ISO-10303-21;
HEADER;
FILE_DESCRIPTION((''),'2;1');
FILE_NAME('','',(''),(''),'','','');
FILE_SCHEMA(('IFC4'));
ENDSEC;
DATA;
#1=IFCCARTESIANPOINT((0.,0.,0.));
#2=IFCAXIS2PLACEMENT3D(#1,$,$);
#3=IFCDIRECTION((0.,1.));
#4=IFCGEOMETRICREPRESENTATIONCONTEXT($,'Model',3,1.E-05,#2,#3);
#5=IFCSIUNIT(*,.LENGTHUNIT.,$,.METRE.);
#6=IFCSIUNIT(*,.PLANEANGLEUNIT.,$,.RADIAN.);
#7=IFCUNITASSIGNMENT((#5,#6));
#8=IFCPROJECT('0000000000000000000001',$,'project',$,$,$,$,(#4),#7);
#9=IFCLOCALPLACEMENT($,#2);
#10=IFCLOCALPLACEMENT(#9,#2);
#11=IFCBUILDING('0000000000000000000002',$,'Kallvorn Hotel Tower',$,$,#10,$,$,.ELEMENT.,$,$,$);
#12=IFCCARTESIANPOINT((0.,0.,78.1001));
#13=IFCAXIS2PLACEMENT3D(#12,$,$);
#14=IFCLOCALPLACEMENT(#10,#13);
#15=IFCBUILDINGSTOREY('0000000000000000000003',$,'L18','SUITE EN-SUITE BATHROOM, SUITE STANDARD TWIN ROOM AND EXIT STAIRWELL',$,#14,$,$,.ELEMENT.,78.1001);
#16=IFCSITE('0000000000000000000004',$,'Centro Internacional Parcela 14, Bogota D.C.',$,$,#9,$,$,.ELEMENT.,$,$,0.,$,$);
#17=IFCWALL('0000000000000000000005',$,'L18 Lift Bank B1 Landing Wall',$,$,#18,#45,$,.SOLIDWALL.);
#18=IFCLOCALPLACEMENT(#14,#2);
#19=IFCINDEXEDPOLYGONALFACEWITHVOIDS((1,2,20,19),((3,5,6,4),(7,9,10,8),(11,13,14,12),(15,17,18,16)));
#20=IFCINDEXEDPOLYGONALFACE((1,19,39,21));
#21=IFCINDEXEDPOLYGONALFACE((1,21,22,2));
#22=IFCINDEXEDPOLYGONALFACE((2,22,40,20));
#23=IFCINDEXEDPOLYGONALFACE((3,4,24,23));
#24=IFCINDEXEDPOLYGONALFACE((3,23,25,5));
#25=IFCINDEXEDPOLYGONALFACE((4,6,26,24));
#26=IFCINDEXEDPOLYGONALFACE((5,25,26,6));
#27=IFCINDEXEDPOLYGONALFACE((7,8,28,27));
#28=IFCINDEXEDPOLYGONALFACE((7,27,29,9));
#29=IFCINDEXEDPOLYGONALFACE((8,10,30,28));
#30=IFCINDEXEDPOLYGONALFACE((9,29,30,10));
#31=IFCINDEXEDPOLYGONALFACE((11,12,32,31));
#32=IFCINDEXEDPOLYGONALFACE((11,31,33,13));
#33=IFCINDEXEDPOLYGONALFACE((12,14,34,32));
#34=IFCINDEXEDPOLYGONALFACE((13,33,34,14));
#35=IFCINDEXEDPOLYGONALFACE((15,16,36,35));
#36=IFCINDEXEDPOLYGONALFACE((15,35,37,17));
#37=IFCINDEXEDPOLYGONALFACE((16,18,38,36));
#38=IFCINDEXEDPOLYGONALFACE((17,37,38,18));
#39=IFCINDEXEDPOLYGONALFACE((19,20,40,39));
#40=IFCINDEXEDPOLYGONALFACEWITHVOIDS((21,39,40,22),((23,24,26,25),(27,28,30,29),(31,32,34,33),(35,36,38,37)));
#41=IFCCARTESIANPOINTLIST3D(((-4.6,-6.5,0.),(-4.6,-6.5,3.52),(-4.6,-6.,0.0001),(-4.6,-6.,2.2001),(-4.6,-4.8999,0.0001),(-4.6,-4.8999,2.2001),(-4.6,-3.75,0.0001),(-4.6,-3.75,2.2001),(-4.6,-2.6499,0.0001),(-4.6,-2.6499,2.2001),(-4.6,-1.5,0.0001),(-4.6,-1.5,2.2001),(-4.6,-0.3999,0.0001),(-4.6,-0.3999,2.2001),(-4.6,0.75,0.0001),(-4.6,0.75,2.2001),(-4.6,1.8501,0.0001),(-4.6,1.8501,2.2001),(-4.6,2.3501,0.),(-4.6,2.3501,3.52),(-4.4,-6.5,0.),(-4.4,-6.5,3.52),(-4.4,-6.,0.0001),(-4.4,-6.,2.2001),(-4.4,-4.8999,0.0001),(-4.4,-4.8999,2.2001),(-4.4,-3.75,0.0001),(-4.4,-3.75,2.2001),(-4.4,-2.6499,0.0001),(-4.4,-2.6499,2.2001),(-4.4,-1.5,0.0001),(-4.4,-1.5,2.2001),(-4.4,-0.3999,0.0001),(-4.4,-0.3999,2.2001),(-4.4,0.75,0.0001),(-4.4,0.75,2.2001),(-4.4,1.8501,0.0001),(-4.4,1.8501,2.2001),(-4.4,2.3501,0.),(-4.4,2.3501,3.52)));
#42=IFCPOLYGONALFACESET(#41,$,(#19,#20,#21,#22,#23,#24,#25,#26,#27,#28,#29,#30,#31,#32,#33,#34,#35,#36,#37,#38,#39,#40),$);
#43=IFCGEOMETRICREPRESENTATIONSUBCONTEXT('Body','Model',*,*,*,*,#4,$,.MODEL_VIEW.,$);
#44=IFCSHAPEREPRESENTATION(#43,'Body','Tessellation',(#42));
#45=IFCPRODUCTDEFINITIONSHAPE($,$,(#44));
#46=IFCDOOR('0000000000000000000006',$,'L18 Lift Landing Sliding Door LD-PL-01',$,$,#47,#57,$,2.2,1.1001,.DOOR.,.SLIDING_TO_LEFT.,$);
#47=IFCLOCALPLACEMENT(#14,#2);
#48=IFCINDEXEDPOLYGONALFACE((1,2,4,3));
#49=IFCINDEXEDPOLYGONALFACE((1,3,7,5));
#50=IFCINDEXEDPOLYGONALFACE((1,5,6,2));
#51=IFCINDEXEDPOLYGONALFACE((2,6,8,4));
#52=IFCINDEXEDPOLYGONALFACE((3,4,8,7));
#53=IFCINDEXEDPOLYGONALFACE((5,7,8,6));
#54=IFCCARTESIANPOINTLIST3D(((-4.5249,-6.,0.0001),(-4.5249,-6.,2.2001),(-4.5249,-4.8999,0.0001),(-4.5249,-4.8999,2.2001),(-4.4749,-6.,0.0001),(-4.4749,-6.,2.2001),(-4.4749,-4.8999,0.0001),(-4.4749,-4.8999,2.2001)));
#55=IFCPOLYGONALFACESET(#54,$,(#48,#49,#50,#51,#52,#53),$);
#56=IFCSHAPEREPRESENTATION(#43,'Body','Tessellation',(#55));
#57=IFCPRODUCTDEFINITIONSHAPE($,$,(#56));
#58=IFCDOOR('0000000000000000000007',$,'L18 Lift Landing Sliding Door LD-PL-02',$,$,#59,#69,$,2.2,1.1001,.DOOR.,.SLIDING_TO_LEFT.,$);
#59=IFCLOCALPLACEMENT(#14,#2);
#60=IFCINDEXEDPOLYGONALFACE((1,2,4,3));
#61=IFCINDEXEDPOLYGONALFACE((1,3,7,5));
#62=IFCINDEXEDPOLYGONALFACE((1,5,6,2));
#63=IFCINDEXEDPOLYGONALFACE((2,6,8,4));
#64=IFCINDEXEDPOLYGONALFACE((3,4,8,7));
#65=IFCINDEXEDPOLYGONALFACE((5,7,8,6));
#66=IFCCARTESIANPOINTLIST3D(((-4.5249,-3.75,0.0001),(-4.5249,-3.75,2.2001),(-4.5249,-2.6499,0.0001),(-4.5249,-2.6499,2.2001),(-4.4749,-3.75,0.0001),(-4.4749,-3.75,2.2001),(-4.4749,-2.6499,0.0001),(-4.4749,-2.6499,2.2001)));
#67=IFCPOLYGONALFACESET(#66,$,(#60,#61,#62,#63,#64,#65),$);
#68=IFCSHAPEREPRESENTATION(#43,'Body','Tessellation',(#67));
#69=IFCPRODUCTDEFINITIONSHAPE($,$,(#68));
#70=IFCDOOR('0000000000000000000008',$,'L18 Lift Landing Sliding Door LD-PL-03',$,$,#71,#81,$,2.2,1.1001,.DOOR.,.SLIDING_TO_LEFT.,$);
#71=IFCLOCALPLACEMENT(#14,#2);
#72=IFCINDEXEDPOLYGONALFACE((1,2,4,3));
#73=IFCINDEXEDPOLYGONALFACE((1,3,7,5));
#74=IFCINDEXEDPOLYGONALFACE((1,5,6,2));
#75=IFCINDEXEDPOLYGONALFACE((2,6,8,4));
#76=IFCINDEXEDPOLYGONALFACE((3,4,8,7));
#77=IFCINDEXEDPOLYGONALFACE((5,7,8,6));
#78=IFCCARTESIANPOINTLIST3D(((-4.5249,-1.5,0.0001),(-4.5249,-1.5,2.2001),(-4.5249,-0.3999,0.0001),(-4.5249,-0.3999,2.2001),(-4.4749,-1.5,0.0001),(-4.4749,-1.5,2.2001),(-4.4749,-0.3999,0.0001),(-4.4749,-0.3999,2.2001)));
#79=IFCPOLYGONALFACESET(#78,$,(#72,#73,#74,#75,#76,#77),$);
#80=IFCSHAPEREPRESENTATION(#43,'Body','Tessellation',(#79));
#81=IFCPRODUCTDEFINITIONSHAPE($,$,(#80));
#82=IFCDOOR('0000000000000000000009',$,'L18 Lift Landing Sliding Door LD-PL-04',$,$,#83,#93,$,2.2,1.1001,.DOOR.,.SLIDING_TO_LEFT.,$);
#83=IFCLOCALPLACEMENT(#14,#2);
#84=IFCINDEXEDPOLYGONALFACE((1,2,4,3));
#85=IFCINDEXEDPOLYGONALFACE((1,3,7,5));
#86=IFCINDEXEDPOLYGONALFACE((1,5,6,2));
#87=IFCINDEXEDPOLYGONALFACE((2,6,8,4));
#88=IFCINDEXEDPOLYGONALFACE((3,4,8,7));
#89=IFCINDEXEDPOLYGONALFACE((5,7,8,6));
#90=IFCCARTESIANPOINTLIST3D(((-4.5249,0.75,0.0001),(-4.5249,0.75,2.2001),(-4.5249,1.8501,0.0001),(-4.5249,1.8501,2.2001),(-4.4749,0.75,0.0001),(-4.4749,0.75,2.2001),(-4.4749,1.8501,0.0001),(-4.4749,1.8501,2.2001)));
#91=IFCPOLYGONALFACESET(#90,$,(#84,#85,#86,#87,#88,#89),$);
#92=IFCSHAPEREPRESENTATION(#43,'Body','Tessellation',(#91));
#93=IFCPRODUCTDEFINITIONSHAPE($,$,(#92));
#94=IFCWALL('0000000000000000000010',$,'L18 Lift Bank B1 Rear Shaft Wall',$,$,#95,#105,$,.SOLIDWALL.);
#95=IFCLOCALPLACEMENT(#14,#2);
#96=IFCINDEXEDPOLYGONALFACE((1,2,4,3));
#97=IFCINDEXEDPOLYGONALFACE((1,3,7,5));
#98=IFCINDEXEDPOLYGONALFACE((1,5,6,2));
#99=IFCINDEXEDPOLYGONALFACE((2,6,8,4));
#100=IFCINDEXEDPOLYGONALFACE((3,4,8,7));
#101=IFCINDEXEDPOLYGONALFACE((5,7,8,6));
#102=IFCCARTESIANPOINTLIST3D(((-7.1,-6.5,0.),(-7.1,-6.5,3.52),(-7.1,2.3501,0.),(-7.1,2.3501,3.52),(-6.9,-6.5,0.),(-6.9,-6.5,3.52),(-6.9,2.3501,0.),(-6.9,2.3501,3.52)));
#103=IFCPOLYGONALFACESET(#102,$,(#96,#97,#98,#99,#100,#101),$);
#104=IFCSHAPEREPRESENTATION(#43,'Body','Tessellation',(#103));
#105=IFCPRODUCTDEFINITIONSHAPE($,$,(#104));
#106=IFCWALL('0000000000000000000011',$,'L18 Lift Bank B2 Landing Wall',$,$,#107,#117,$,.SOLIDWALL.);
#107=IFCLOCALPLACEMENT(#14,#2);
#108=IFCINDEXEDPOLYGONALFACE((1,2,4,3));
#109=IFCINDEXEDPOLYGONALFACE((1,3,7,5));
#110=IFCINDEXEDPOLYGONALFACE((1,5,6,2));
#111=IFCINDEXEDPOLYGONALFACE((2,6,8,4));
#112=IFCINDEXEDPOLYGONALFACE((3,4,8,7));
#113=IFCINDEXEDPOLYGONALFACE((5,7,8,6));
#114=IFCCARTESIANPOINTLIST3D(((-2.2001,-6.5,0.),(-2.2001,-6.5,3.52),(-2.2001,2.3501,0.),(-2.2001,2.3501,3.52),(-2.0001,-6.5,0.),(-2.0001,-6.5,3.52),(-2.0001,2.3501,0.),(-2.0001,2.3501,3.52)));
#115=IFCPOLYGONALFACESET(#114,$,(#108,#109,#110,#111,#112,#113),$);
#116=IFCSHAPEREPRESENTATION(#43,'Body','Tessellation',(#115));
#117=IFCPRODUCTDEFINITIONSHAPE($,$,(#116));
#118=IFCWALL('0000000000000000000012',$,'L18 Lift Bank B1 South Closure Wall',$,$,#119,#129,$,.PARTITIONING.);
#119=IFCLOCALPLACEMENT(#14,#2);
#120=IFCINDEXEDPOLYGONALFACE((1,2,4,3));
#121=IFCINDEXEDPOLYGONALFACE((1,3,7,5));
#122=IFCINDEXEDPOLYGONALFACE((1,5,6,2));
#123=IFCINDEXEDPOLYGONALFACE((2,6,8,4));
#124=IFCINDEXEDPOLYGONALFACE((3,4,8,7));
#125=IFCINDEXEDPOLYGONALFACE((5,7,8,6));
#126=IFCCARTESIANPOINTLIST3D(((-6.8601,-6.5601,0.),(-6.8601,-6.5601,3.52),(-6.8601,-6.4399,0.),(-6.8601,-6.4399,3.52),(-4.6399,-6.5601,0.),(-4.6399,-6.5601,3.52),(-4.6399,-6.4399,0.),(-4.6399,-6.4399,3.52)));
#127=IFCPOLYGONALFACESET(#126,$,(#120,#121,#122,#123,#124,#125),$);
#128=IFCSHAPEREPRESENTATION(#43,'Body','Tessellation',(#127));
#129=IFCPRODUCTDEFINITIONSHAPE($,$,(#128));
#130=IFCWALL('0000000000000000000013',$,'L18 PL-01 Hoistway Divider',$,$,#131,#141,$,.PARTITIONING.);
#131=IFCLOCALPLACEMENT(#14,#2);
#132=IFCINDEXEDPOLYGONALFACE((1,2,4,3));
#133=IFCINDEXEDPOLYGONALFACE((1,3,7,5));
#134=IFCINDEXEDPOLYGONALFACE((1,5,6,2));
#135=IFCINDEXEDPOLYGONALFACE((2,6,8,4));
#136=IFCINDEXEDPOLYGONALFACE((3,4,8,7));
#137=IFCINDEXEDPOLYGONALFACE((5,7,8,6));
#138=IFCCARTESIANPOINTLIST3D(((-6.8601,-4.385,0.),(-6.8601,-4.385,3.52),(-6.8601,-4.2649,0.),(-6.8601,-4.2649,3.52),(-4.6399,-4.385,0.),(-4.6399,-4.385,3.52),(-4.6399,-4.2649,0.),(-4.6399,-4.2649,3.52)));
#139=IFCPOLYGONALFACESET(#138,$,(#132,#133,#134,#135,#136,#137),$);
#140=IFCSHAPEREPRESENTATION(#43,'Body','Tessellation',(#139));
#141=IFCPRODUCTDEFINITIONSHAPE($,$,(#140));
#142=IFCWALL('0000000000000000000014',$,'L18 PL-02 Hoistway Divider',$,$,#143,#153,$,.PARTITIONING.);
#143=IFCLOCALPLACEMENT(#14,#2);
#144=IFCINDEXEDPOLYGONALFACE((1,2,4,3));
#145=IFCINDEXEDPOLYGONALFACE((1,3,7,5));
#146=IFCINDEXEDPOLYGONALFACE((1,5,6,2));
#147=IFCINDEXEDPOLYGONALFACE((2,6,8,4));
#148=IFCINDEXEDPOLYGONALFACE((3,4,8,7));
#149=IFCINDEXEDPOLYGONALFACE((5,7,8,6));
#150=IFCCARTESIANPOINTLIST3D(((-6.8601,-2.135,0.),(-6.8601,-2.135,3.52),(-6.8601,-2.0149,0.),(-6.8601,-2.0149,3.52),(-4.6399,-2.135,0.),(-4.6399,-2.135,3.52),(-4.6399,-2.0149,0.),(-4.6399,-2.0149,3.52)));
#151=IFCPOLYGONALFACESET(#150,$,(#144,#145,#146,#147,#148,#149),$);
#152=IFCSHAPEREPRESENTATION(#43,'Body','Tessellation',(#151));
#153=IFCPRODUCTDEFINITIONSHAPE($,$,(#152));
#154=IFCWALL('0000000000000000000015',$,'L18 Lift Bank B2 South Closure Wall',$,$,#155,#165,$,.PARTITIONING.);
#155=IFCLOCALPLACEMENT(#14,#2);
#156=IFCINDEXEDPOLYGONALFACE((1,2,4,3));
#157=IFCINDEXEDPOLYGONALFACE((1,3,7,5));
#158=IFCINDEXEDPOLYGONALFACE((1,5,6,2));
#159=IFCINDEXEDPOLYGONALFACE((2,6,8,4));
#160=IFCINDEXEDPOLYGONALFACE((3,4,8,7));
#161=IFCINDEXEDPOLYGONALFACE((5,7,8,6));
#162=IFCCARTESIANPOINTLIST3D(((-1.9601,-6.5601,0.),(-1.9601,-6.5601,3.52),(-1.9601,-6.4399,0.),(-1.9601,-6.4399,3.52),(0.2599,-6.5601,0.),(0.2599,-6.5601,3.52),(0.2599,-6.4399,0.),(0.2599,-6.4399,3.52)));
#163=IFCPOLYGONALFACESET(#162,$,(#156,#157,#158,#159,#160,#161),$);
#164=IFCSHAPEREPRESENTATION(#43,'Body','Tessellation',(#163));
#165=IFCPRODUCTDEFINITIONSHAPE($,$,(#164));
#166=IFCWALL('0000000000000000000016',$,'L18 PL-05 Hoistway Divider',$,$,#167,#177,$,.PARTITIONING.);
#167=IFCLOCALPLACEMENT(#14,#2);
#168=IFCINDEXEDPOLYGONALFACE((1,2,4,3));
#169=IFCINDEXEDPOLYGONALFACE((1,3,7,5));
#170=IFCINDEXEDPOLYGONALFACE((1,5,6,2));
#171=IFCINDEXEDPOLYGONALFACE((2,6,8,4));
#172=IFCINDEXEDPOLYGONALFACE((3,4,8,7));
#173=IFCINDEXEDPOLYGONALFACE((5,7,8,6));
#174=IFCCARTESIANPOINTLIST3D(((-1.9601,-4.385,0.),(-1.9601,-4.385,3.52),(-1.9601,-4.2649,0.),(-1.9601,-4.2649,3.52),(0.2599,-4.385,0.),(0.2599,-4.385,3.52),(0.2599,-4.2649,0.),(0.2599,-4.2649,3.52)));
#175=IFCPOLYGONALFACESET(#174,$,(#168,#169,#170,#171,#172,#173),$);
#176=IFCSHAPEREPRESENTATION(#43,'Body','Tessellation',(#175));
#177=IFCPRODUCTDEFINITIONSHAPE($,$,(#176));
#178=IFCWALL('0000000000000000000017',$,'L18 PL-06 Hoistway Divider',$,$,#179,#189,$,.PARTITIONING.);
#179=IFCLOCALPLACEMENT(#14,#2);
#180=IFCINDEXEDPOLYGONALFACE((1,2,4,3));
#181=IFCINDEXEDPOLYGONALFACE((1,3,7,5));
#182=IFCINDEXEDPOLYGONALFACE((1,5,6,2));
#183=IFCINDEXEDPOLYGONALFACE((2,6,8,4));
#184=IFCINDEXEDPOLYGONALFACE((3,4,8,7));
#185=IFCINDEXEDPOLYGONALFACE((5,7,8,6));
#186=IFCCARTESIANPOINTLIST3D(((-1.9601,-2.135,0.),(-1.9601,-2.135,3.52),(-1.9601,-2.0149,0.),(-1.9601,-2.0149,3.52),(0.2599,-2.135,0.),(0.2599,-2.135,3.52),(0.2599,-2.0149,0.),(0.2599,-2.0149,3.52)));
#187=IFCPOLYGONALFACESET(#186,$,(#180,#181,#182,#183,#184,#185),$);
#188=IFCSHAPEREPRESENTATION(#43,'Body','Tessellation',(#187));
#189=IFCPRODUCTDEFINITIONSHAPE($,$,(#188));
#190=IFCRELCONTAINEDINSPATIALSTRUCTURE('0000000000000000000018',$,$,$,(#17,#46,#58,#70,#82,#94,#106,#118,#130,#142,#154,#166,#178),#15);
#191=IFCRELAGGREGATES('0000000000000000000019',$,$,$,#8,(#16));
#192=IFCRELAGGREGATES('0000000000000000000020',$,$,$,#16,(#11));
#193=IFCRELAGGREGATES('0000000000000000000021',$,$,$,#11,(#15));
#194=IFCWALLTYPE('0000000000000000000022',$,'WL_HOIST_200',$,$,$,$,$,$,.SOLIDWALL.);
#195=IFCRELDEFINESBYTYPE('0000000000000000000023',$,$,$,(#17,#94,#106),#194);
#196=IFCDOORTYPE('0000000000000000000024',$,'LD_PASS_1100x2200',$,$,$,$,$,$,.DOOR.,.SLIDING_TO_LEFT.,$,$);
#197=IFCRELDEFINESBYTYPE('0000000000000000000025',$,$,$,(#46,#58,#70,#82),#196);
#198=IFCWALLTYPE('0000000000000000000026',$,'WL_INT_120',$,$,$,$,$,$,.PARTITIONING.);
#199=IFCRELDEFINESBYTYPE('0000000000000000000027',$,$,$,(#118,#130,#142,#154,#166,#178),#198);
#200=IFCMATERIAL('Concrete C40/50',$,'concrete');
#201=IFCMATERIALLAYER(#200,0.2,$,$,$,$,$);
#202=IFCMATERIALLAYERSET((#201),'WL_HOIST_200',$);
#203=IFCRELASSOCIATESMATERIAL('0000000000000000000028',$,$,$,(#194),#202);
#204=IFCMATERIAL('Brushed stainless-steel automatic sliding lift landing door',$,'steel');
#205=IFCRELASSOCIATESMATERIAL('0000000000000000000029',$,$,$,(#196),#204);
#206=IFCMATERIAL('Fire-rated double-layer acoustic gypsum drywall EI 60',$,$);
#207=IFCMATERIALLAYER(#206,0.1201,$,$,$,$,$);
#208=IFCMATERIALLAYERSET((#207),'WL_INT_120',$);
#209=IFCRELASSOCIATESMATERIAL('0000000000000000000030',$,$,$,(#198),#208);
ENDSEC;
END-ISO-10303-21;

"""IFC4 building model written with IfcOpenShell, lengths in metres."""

from ifc_helpers import new_model, si_unit, direction, frame, frame_2d, origin, place, context, subcontext, project, spatial, rectangle, extrude, material, layer, layer_set, type_object, element, fill, save


model = new_model("IFC4")

# Units and contexts
model_context = context("Model", 3, precision=1e-05, world=origin(), true_north=direction((0.0, 1.0)))
body_context = subcontext(model_context, "Body", "Model", "MODEL_VIEW")
ifc_project = project(units=[si_unit("LENGTHUNIT", "METRE"), si_unit("PLANEANGLEUNIT", "RADIAN")], contexts=[model_context])

# Site, building, storey
site_placement = place(None, origin())
site = spatial("IfcSite", under=ifc_project, at=site_placement, Name="Centro Internacional Parcela 14, Bogota D.C.", CompositionType="ELEMENT", RefElevation=0.0)
building_placement = place(site_placement, origin())
building = spatial("IfcBuilding", under=site, at=building_placement, Name="Kallvorn Hotel Tower", CompositionType="ELEMENT")
storey_placement = place(building_placement, frame((0.0, 0.0, 78.1001)))
storey = spatial("IfcBuildingStorey", under=building, at=storey_placement, Name="L18", Description="SUITE EN-SUITE BATHROOM, SUITE STANDARD TWIN ROOM AND EXIT STAIRWELL", CompositionType="ELEMENT", Elevation=78.1001)

# Wall, openings, doors
ifc_material_1 = material(Name="Concrete C40/50", Category="concrete")
ifc_layer_1 = layer(ifc_material_1, 0.2)
ifc_layer_set_1 = layer_set([ifc_layer_1], Name="WL_HOIST_200")
wall_type_1 = type_object("IfcWallType", Name="WL_HOIST_200", PredefinedType="SOLIDWALL", material=ifc_layer_set_1)
wall_1_placement = place(storey_placement, frame((-4.5, -6.5, 0.0), z_axis=(0.0, 0.0, 1.0), x_axis=(0.0, 1.0, 0.0)))
wall_1 = element("IfcWall", 1, at=wall_1_placement, inside=storey, type_object=wall_type_1, Name="L18 Lift Bank B1 Landing Wall", PredefinedType="SOLIDWALL", context=body_context, shape_type="SweptSolid", body=[
    extrude(rectangle(XDim=8.8501, YDim=0.2, at=frame_2d((4.425, 0.0))), origin(), (0.0, 0.0, 1.0), 3.52),
])
opening_1_placement = place(wall_1_placement, frame((0.5, 0.0, 0.0)))
opening_1 = element("IfcOpeningElement", 2, at=opening_1_placement, cuts=wall_1, PredefinedType="OPENING", context=body_context, shape_type="SweptSolid", body=[
    extrude(rectangle(XDim=1.1001, YDim=2.2, at=frame_2d((0.55, 1.1001))), frame((0.0, 0.115, 0.0), z_axis=(0.0, -1.0, 0.0), x_axis=(1.0, 0.0, 0.0)), (0.0, 0.0, 1.0), 0.23),
])
opening_2_placement = place(wall_1_placement, frame((2.75, 0.0, 0.0)))
opening_2 = element("IfcOpeningElement", 3, at=opening_2_placement, cuts=wall_1, PredefinedType="OPENING", context=body_context, shape_type="SweptSolid", body=[
    extrude(rectangle(XDim=1.1001, YDim=2.2, at=frame_2d((0.55, 1.1001))), frame((0.0, 0.115, 0.0), z_axis=(0.0, -1.0, 0.0), x_axis=(1.0, 0.0, 0.0)), (0.0, 0.0, 1.0), 0.23),
])
opening_3_placement = place(wall_1_placement, frame((5.0, 0.0, 0.0)))
opening_3 = element("IfcOpeningElement", 4, at=opening_3_placement, cuts=wall_1, PredefinedType="OPENING", context=body_context, shape_type="SweptSolid", body=[
    extrude(rectangle(XDim=1.1001, YDim=2.2, at=frame_2d((0.55, 1.1001))), frame((0.0, 0.115, 0.0), z_axis=(0.0, -1.0, 0.0), x_axis=(1.0, 0.0, 0.0)), (0.0, 0.0, 1.0), 0.23),
])
opening_4_placement = place(wall_1_placement, frame((7.25, 0.0, 0.0)))
opening_4 = element("IfcOpeningElement", 5, at=opening_4_placement, cuts=wall_1, PredefinedType="OPENING", context=body_context, shape_type="SweptSolid", body=[
    extrude(rectangle(XDim=1.1001, YDim=2.2, at=frame_2d((0.55, 1.1001))), frame((0.0, 0.115, 0.0), z_axis=(0.0, -1.0, 0.0), x_axis=(1.0, 0.0, 0.0)), (0.0, 0.0, 1.0), 0.23),
])
ifc_material_2 = material(Name="Brushed stainless-steel automatic sliding lift landing door", Category="steel")
door_type_1 = type_object("IfcDoorType", Name="LD_PASS_1100x2200", OperationType="SLIDING_TO_LEFT", PredefinedType="DOOR", material=ifc_material_2)
door_1_placement = place(opening_1_placement, origin())
door_1 = element("IfcDoor", 6, at=door_1_placement, inside=storey, type_object=door_type_1, Name="L18 Lift Landing Sliding Door LD-PL-01", OperationType="SLIDING_TO_LEFT", OverallHeight=2.2, OverallWidth=1.1001, PredefinedType="DOOR", context=body_context, shape_type="SweptSolid", body=[
    extrude(rectangle(XDim=1.1001, YDim=2.2, at=frame_2d((0.55, 1.1001))), frame((0.0, 0.0249, 0.0), z_axis=(0.0, -1.0, 0.0), x_axis=(1.0, 0.0, 0.0)), (0.0, 0.0, 1.0), 0.05),
])
fill(opening_1, door_1)
door_2_placement = place(opening_2_placement, origin())
door_2 = element("IfcDoor", 7, at=door_2_placement, inside=storey, type_object=door_type_1, Name="L18 Lift Landing Sliding Door LD-PL-02", OperationType="SLIDING_TO_LEFT", OverallHeight=2.2, OverallWidth=1.1001, PredefinedType="DOOR", context=body_context, shape_type="SweptSolid", body=[
    extrude(rectangle(XDim=1.1001, YDim=2.2, at=frame_2d((0.55, 1.1001))), frame((0.0, 0.0249, 0.0), z_axis=(0.0, -1.0, 0.0), x_axis=(1.0, 0.0, 0.0)), (0.0, 0.0, 1.0), 0.05),
])
fill(opening_2, door_2)
door_3_placement = place(opening_3_placement, origin())
door_3 = element("IfcDoor", 8, at=door_3_placement, inside=storey, type_object=door_type_1, Name="L18 Lift Landing Sliding Door LD-PL-03", OperationType="SLIDING_TO_LEFT", OverallHeight=2.2, OverallWidth=1.1001, PredefinedType="DOOR", context=body_context, shape_type="SweptSolid", body=[
    extrude(rectangle(XDim=1.1001, YDim=2.2, at=frame_2d((0.55, 1.1001))), frame((0.0, 0.0249, 0.0), z_axis=(0.0, -1.0, 0.0), x_axis=(1.0, 0.0, 0.0)), (0.0, 0.0, 1.0), 0.05),
])
fill(opening_3, door_3)
door_4_placement = place(opening_4_placement, origin())
door_4 = element("IfcDoor", 9, at=door_4_placement, inside=storey, type_object=door_type_1, Name="L18 Lift Landing Sliding Door LD-PL-04", OperationType="SLIDING_TO_LEFT", OverallHeight=2.2, OverallWidth=1.1001, PredefinedType="DOOR", context=body_context, shape_type="SweptSolid", body=[
    extrude(rectangle(XDim=1.1001, YDim=2.2, at=frame_2d((0.55, 1.1001))), frame((0.0, 0.0249, 0.0), z_axis=(0.0, -1.0, 0.0), x_axis=(1.0, 0.0, 0.0)), (0.0, 0.0, 1.0), 0.05),
])
fill(opening_4, door_4)

# Walls
for number, where, z_axis, x_axis, name in (
    (10, (-7.0, -6.5, 0.0), (0.0, 0.0, 1.0), (0.0, 1.0, 0.0), "L18 Lift Bank B1 Rear Shaft Wall"),
    (11, (-2.1001, -6.5, 0.0), (0.0, 0.0, 1.0), (0.0, 1.0, 0.0), "L18 Lift Bank B2 Landing Wall"),
):
    element("IfcWall", number, at=place(storey_placement, frame(where, z_axis=z_axis, x_axis=x_axis)), inside=storey, type_object=wall_type_1, Name=name, PredefinedType="SOLIDWALL", context=body_context, shape_type="SweptSolid", body=[
        extrude(rectangle(XDim=8.8501, YDim=0.2, at=frame_2d((4.425, 0.0))), origin(), (0.0, 0.0, 1.0), 3.52),
    ])
ifc_material_3 = material(Name="Fire-rated double-layer acoustic gypsum drywall EI 60")
ifc_layer_2 = layer(ifc_material_3, 0.1201)
ifc_layer_set_2 = layer_set([ifc_layer_2], Name="WL_INT_120")
wall_type_2 = type_object("IfcWallType", Name="WL_INT_120", PredefinedType="PARTITIONING", material=ifc_layer_set_2)
for number, where, z_axis, x_axis, name in (
    (12, (-6.8601, -6.5, 0.0), (0.0, 0.0, 1.0), (1.0, 0.0, 0.0), "L18 Lift Bank B1 South Closure Wall"),
    (13, (-6.8601, -4.325, 0.0), (0.0, 0.0, 1.0), (1.0, 0.0, 0.0), "L18 PL-01 Hoistway Divider"),
    (14, (-6.8601, -2.075, 0.0), (0.0, 0.0, 1.0), (1.0, 0.0, 0.0), "L18 PL-02 Hoistway Divider"),
):
    element("IfcWall", number, at=place(storey_placement, frame(where, z_axis=z_axis, x_axis=x_axis)), inside=storey, type_object=wall_type_2, Name=name, PredefinedType="PARTITIONING", context=body_context, shape_type="SweptSolid", body=[
        extrude(rectangle(XDim=2.2202, YDim=0.1201, at=frame_2d((1.1101, 0.0))), origin(), (0.0, 0.0, 1.0), 3.52),
    ])
for number, where, z_axis, x_axis, name in (
    (15, (-1.96, -6.5, 0.0), (0.0, 0.0, 1.0), (1.0, 0.0, 0.0), "L18 Lift Bank B2 South Closure Wall"),
    (16, (-1.96, -4.325, 0.0), (0.0, 0.0, 1.0), (1.0, 0.0, 0.0), "L18 PL-05 Hoistway Divider"),
    (17, (-1.96, -2.075, 0.0), (0.0, 0.0, 1.0), (1.0, 0.0, 0.0), "L18 PL-06 Hoistway Divider"),
):
    element("IfcWall", number, at=place(storey_placement, frame(where, z_axis=z_axis, x_axis=x_axis)), inside=storey, type_object=wall_type_2, Name=name, PredefinedType="PARTITIONING", context=body_context, shape_type="SweptSolid", body=[
        extrude(rectangle(XDim=2.22, YDim=0.1201, at=frame_2d((1.1099, 0.0))), origin(), (0.0, 0.0, 1.0), 3.52),
    ])

save(model, "model.ifc")
